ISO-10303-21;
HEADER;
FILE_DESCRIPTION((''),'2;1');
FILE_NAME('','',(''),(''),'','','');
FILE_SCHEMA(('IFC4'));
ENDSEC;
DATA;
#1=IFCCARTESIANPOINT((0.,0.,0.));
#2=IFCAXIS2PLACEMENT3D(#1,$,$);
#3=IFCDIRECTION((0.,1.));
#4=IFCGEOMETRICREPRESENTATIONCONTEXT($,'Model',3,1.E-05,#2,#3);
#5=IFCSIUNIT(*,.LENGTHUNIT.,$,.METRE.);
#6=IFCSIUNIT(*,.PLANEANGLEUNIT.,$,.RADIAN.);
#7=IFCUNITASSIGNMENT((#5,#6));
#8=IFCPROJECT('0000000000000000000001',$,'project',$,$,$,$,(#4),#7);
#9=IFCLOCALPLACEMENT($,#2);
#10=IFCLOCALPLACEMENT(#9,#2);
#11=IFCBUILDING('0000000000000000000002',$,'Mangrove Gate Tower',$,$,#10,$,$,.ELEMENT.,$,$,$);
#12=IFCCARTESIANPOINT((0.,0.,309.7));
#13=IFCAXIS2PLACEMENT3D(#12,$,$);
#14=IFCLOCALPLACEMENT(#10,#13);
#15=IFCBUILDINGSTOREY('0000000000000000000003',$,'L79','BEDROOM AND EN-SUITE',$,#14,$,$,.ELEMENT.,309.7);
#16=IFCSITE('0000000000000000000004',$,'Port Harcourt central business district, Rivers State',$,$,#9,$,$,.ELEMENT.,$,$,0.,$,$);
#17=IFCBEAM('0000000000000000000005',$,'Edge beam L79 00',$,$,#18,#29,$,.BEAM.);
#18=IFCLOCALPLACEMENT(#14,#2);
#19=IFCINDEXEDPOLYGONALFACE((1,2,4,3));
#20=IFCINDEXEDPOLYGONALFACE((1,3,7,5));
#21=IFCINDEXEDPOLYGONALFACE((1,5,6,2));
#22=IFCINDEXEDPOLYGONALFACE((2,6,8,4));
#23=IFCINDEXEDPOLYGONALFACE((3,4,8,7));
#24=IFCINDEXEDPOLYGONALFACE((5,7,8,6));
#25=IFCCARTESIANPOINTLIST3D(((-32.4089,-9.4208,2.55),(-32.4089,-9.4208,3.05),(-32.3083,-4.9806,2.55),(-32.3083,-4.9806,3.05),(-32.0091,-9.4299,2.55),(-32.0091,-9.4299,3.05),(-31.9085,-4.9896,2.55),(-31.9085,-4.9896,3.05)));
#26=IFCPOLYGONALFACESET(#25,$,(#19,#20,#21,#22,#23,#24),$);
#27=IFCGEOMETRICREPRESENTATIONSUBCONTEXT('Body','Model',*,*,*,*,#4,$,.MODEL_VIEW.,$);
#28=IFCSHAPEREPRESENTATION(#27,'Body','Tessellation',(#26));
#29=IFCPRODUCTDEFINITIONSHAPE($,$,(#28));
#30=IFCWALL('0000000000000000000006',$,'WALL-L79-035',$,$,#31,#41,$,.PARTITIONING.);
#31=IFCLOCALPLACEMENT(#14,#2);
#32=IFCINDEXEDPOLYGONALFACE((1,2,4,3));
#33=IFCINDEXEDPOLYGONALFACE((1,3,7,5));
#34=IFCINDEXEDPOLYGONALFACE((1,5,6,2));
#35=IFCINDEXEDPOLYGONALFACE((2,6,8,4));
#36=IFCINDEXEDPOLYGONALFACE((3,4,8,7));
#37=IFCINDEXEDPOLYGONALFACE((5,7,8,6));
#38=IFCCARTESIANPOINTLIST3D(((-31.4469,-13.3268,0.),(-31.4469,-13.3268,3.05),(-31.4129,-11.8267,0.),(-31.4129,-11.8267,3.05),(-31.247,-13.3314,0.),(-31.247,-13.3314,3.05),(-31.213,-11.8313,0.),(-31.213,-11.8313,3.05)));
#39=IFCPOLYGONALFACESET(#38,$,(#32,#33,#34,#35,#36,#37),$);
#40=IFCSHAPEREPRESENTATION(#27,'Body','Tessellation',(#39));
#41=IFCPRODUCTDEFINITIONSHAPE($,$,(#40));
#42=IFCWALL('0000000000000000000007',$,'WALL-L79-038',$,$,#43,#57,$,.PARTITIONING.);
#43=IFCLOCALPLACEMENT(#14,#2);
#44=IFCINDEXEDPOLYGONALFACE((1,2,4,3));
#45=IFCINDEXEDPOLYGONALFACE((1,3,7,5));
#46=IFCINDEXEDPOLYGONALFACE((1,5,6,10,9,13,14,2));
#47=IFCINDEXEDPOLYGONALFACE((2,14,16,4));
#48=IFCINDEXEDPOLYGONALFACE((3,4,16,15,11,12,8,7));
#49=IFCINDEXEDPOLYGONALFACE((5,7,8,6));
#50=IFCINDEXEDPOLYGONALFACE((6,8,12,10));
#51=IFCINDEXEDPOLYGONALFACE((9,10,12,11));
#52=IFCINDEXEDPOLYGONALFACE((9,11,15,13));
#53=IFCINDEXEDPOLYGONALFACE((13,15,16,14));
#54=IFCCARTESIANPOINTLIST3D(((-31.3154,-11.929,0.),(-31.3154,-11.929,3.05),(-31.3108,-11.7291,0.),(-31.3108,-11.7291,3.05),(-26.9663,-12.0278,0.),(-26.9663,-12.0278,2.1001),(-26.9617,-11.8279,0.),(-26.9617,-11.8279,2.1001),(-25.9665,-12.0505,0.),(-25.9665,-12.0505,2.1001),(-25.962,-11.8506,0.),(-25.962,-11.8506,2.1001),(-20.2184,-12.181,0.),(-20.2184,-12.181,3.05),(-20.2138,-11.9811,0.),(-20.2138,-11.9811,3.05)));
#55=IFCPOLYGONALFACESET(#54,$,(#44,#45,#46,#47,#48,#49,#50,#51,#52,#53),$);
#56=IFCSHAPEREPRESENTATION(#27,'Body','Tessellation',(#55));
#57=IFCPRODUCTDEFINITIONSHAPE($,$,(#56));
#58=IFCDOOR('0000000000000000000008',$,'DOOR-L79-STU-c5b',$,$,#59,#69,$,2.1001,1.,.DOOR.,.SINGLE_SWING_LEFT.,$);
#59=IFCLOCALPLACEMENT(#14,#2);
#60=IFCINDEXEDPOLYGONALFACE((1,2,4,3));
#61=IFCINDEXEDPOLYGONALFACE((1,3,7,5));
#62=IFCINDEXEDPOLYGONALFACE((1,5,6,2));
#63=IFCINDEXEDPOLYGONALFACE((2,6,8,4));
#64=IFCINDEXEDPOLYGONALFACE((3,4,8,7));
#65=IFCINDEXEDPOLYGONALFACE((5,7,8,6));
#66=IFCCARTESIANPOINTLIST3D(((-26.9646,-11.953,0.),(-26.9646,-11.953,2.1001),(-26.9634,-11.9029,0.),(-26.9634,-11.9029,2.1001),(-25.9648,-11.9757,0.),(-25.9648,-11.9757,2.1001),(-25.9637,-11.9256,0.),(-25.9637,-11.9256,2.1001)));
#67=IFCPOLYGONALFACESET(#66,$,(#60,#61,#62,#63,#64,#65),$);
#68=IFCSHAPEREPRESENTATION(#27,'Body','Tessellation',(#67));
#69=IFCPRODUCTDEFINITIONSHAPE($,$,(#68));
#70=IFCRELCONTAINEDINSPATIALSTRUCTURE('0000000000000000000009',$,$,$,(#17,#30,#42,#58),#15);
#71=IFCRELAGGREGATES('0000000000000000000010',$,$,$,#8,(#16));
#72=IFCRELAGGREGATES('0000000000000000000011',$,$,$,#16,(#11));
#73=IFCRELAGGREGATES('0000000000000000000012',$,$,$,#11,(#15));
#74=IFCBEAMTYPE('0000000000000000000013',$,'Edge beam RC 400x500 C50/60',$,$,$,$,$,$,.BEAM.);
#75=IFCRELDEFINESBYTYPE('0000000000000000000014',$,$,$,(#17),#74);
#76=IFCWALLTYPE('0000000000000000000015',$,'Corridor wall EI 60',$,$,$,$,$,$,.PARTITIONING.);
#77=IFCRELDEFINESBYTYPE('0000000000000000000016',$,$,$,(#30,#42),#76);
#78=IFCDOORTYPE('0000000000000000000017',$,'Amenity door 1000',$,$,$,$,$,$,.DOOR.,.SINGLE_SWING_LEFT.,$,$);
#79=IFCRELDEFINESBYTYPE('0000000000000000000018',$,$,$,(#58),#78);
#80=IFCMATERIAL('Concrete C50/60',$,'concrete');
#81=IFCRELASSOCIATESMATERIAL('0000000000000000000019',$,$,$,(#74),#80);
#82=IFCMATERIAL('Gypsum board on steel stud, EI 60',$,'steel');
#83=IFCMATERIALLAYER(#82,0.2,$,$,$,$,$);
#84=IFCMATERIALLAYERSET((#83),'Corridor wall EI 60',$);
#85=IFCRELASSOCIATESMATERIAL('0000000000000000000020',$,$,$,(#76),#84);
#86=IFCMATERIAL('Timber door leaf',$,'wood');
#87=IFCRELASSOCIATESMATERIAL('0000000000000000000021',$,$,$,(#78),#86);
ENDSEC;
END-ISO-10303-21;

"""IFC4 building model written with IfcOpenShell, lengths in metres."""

from ifc_helpers import new_model, si_unit, direction, frame, frame_2d, origin, origin_2d, place, context, subcontext, project, spatial, rectangle, extrude, material, layer, layer_set, material_profile, profile_set, type_object, element, fill, save


model = new_model("IFC4")

# Units and contexts
model_context = context("Model", 3, precision=1e-05, world=origin(), true_north=direction((0.0, 1.0)))
body_context = subcontext(model_context, "Body", "Model", "MODEL_VIEW")
ifc_project = project(units=[si_unit("LENGTHUNIT", "METRE"), si_unit("PLANEANGLEUNIT", "RADIAN")], contexts=[model_context])

# Site, building, storey
site_placement = place(None, origin())
site = spatial("IfcSite", under=ifc_project, at=site_placement, Name="Port Harcourt central business district, Rivers State", CompositionType="ELEMENT", RefElevation=0.0)
building_placement = place(site_placement, origin())
building = spatial("IfcBuilding", under=site, at=building_placement, Name="Mangrove Gate Tower", CompositionType="ELEMENT")
storey_placement = place(building_placement, frame((0.0, 0.0, 309.7)))
storey = spatial("IfcBuildingStorey", under=building, at=storey_placement, Name="L79", Description="BEDROOM AND EN-SUITE", CompositionType="ELEMENT", Elevation=309.7)

# Beam
ifc_material_1 = material(Name="Concrete C50/60", Category="concrete")
ifc_material_profile = material_profile(ifc_material_1, rectangle(XDim=0.3999, YDim=0.5, at=origin_2d()))
ifc_profile_set = profile_set([ifc_material_profile], Name="Concrete C50/60")
beam_type = type_object("IfcBeamType", Name="Edge beam RC 400x500 C50/60", PredefinedType="BEAM", material=ifc_profile_set)
beam_placement = place(storey_placement, frame((-32.1084, -4.9851, 2.8), z_axis=(-0.022648, -0.999744, 0.0), x_axis=(0.999744, -0.022648, 0.0)))
element("IfcBeam", 1, at=beam_placement, inside=storey, type_object=beam_type, Name="Edge beam L79 00", PredefinedType="BEAM", context=body_context, shape_type="SweptSolid", body=[
    extrude(rectangle(XDim=0.3999, YDim=0.5, at=origin_2d()), origin(), (0.0, 0.0, 1.0), 4.4414),
])

# Shared definitions
ifc_material_2 = material(Name="Gypsum board on steel stud, EI 60", Category="steel")
ifc_layer = layer(ifc_material_2, 0.2)
ifc_layer_set = layer_set([ifc_layer], Name="Corridor wall EI 60")
wall_type = type_object("IfcWallType", Name="Corridor wall EI 60", PredefinedType="PARTITIONING", material=ifc_layer_set)
ifc_material_3 = material(Name="Timber door leaf", Category="wood")
door_type_1 = type_object("IfcDoorType", Name="Amenity door 1000", OperationType="SINGLE_SWING_LEFT", PredefinedType="DOOR", material=ifc_material_3)

# Wall
wall_1_placement = place(storey_placement, frame((-31.3469, -13.3291, 0.0), z_axis=(0.0, 0.0, 1.0), x_axis=(0.022618, 0.999744, 0.0)))
element("IfcWall", 2, at=wall_1_placement, inside=storey, type_object=wall_type, Name="WALL-L79-035", PredefinedType="PARTITIONING", context=body_context, shape_type="SweptSolid", body=[
    extrude(rectangle(XDim=1.5005, YDim=0.2, at=frame_2d((0.7502, 0.0))), origin(), (0.0, 0.0, 1.0), 3.05),
])

# Wall, opening, door
wall_2_placement = place(storey_placement, frame((-31.313, -11.8291, 0.0), z_axis=(0.0, 0.0, 1.0), x_axis=(0.999742, -0.022699, 0.0)))
wall_2 = element("IfcWall", 3, at=wall_2_placement, inside=storey, type_object=wall_type, Name="WALL-L79-038", PredefinedType="PARTITIONING", context=body_context, shape_type="SweptSolid", body=[
    extrude(rectangle(XDim=11.0999, YDim=0.2, at=frame_2d((5.5498, 0.0))), origin(), (0.0, 0.0, 1.0), 3.05),
])
opening_1_placement = place(wall_2_placement, frame((4.3501, 0.0, 0.0)))
opening_1 = element("IfcOpeningElement", 4, at=opening_1_placement, cuts=wall_2, PredefinedType="OPENING", context=body_context, shape_type="SweptSolid", body=[
    extrude(rectangle(XDim=1.0, YDim=2.1001, at=frame_2d((0.5, 1.05))), frame((0.0, 0.1099, 0.0), z_axis=(0.0, -1.0, 0.0), x_axis=(1.0, 0.0, 0.0)), (0.0, 0.0, 1.0), 0.22),
])
door_1_placement = place(opening_1_placement, origin())
door_1 = element("IfcDoor", 5, at=door_1_placement, inside=storey, type_object=door_type_1, Name="DOOR-L79-STU-c5b", OperationType="SINGLE_SWING_LEFT", OverallHeight=2.1001, OverallWidth=1.0, PredefinedType="DOOR", context=body_context, shape_type="SweptSolid", body=[
    extrude(rectangle(XDim=1.0, YDim=2.1001, at=frame_2d((0.5, 1.05))), frame((0.0, 0.0249, 0.0), z_axis=(0.0, -1.0, 0.0), x_axis=(1.0, 0.0, 0.0)), (0.0, 0.0, 1.0), 0.05),
])
fill(opening_1, door_1)

save(model, "model.ifc")
